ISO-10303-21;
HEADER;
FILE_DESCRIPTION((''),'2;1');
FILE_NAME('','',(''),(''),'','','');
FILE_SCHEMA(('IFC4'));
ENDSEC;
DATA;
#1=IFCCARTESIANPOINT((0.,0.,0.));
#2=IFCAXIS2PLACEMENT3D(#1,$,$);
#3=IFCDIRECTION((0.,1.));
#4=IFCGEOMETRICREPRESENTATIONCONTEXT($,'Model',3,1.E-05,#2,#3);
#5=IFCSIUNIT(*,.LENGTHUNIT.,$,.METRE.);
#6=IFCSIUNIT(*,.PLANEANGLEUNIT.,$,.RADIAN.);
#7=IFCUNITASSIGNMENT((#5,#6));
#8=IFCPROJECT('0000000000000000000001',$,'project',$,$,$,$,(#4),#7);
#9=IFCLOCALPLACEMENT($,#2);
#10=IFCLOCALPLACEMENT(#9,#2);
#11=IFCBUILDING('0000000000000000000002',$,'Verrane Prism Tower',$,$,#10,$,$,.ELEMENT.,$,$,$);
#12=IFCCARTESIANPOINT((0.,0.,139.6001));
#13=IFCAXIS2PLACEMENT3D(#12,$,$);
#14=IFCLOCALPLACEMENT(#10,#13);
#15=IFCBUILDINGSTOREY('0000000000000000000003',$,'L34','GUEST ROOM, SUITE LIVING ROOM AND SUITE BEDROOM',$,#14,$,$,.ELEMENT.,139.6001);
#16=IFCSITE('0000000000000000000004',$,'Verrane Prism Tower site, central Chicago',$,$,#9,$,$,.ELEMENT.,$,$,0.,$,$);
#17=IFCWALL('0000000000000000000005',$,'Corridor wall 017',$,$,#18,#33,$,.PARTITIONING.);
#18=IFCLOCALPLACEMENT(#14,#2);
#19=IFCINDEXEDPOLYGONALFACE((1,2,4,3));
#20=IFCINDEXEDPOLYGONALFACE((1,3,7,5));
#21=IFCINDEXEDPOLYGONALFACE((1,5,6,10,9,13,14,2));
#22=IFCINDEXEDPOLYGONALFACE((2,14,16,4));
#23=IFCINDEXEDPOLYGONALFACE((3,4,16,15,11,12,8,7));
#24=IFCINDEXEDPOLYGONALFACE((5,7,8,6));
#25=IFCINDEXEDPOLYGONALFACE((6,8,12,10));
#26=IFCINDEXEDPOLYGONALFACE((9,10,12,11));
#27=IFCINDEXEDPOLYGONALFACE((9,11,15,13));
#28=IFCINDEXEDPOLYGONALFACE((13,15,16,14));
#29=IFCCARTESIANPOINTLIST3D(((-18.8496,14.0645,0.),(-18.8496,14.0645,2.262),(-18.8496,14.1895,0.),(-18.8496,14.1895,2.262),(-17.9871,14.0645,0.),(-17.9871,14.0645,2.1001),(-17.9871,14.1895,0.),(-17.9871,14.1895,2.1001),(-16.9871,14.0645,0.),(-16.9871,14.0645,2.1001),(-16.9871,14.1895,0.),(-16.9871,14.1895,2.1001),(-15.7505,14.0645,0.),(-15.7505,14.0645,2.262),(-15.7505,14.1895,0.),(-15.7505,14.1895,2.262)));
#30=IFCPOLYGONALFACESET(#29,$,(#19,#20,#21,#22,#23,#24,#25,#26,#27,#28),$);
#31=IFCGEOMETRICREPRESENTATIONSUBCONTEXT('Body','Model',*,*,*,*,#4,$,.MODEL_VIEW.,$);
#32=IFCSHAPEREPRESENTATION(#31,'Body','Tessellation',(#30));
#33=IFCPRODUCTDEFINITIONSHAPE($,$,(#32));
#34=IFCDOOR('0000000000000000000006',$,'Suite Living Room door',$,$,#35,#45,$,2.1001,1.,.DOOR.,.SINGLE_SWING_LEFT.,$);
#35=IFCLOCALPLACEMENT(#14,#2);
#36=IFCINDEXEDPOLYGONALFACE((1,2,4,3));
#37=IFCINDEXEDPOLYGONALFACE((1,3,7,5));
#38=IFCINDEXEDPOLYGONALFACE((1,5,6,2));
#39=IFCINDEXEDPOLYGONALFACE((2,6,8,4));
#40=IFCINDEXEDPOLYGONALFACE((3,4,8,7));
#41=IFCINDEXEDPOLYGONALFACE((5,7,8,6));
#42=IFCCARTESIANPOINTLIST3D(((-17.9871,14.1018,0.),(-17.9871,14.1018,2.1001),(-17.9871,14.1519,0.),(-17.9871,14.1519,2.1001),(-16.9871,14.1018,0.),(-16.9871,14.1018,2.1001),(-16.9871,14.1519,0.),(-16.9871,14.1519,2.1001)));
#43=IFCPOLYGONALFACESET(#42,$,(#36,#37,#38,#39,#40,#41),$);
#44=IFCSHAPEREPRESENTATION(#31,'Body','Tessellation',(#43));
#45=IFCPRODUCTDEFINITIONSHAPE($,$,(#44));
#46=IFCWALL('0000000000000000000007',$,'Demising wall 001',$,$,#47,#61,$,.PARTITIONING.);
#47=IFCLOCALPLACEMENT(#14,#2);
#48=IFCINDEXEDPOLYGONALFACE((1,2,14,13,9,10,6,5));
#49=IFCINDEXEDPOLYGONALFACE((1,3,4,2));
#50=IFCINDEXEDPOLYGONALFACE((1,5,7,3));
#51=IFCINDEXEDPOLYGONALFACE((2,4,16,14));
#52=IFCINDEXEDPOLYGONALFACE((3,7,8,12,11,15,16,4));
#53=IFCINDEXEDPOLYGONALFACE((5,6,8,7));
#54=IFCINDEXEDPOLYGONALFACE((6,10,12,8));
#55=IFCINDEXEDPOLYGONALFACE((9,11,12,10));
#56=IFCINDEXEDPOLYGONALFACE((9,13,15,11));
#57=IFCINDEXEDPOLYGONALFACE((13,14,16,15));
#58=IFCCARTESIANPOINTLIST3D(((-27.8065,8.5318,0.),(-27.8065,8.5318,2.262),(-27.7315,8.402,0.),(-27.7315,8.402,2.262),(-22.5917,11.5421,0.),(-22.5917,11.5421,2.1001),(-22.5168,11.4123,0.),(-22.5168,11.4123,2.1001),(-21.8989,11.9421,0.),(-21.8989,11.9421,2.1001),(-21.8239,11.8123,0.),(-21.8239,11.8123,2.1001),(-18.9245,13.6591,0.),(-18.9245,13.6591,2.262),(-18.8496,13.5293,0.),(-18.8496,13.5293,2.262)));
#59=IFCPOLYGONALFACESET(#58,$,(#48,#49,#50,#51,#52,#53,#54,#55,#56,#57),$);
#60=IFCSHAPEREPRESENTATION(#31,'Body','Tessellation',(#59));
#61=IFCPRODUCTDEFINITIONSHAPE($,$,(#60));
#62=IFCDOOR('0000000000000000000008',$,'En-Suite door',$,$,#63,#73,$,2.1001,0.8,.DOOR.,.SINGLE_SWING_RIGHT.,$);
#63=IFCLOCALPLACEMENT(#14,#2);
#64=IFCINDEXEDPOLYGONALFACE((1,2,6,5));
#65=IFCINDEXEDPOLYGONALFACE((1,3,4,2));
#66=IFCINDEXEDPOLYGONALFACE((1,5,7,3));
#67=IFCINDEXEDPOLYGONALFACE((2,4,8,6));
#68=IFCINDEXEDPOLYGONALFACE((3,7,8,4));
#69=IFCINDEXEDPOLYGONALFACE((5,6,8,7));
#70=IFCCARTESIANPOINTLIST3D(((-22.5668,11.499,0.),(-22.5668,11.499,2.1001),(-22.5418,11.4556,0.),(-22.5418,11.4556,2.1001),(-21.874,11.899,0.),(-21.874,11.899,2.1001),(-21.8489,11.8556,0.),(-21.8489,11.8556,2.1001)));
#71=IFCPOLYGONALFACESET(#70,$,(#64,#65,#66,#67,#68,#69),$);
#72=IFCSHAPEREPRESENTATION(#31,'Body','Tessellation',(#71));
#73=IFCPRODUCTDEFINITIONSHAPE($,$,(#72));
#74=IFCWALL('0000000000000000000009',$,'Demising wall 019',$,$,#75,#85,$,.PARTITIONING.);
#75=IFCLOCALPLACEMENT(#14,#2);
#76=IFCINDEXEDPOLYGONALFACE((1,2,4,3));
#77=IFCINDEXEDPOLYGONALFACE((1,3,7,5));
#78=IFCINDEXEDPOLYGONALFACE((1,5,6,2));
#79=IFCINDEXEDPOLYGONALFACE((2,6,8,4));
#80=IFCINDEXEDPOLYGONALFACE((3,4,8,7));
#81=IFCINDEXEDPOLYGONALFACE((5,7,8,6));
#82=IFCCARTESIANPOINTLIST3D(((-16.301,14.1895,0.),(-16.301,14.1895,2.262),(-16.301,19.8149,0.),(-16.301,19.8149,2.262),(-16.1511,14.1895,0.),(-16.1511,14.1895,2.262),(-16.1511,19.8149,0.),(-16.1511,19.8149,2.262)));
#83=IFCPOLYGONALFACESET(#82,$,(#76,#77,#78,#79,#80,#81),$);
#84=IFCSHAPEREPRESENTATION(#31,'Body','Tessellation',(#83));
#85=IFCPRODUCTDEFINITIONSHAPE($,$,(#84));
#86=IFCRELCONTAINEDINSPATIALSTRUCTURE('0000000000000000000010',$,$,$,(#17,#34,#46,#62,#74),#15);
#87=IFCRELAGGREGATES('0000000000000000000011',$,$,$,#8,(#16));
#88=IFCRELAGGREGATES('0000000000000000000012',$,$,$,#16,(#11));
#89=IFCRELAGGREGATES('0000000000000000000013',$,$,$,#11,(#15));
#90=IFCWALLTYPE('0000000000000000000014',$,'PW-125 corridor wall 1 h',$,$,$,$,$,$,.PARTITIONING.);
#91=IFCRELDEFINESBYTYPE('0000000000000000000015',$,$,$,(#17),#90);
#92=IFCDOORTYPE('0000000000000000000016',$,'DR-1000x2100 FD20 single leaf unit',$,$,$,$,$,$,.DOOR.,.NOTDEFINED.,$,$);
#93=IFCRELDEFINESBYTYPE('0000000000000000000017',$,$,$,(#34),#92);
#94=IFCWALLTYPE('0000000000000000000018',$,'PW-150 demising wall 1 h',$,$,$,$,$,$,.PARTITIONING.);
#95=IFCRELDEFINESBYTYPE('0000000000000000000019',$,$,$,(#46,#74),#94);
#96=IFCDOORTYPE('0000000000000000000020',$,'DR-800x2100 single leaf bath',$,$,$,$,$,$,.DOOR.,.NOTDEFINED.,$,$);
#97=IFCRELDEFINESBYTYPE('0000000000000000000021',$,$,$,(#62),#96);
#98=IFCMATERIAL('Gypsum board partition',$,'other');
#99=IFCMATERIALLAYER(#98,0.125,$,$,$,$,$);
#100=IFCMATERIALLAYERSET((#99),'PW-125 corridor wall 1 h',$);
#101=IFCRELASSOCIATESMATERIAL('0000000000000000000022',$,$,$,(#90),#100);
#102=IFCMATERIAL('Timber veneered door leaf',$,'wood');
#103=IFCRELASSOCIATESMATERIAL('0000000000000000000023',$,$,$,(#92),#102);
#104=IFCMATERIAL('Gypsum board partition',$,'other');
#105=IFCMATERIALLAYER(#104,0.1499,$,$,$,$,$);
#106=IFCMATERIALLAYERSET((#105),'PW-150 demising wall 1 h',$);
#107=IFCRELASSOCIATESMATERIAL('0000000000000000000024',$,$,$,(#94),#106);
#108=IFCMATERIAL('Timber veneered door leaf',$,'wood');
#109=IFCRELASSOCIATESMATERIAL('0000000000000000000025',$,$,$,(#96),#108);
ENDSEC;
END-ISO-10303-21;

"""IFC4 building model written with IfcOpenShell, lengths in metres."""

from ifc_helpers import new_model, si_unit, direction, frame, frame_2d, origin, place, context, subcontext, project, spatial, rectangle, extrude, material, layer, layer_set, type_object, element, fill, save


model = new_model("IFC4")

# Units and contexts
model_context = context("Model", 3, precision=1e-05, world=origin(), true_north=direction((0.0, 1.0)))
body_context = subcontext(model_context, "Body", "Model", "MODEL_VIEW")
ifc_project = project(units=[si_unit("LENGTHUNIT", "METRE"), si_unit("PLANEANGLEUNIT", "RADIAN")], contexts=[model_context])

# Site, building, storey
site_placement = place(None, origin())
site = spatial("IfcSite", under=ifc_project, at=site_placement, Name="Verrane Prism Tower site, central Chicago", CompositionType="ELEMENT", RefElevation=0.0)
building_placement = place(site_placement, origin())
building = spatial("IfcBuilding", under=site, at=building_placement, Name="Verrane Prism Tower", CompositionType="ELEMENT")
storey_placement = place(building_placement, frame((0.0, 0.0, 139.6001)))
storey = spatial("IfcBuildingStorey", under=building, at=storey_placement, Name="L34", Description="GUEST ROOM, SUITE LIVING ROOM AND SUITE BEDROOM", CompositionType="ELEMENT", Elevation=139.6001)

# Walls, openings, doors
ifc_material_1 = material(Name="Gypsum board partition", Category="other")
ifc_layer_1 = layer(ifc_material_1, 0.125)
ifc_layer_set_1 = layer_set([ifc_layer_1], Name="PW-125 corridor wall 1 h")
wall_type_1 = type_object("IfcWallType", Name="PW-125 corridor wall 1 h", PredefinedType="PARTITIONING", material=ifc_layer_set_1)
wall_1_placement = place(storey_placement, frame((-18.8496, 14.127, 0.0), z_axis=(0.0, 0.0, 1.0), x_axis=(1.0, 0.0, 0.0)))
wall_1 = element("IfcWall", 1, at=wall_1_placement, inside=storey, type_object=wall_type_1, Name="Corridor wall 017", PredefinedType="PARTITIONING", context=body_context, shape_type="SweptSolid", body=[
    extrude(rectangle(XDim=3.0991, YDim=0.125, at=frame_2d((1.5496, 0.0))), origin(), (0.0, 0.0, 1.0), 2.262),
])
opening_1_placement = place(wall_1_placement, frame((0.8625, 0.0, 0.0)))
opening_1 = element("IfcOpeningElement", 2, at=opening_1_placement, cuts=wall_1, PredefinedType="OPENING", context=body_context, shape_type="SweptSolid", body=[
    extrude(rectangle(XDim=1.0, YDim=2.1001, at=frame_2d((0.5, 1.05))), frame((0.0, 0.0725, 0.0), z_axis=(0.0, -1.0, 0.0), x_axis=(1.0, 0.0, 0.0)), (0.0, 0.0, 1.0), 0.145),
])
ifc_material_2 = material(Name="Timber veneered door leaf", Category="wood")
door_type_1 = type_object("IfcDoorType", Name="DR-1000x2100 FD20 single leaf unit", OperationType="NOTDEFINED", PredefinedType="DOOR", material=ifc_material_2)
door_1_placement = place(opening_1_placement, origin())
door_1 = element("IfcDoor", 3, at=door_1_placement, inside=storey, type_object=door_type_1, Name="Suite Living Room door", OperationType="SINGLE_SWING_LEFT", OverallHeight=2.1001, OverallWidth=1.0, PredefinedType="DOOR", context=body_context, shape_type="SweptSolid", body=[
    extrude(rectangle(XDim=1.0, YDim=2.1001, at=frame_2d((0.5, 1.05))), frame((0.0, 0.0249, 0.0), z_axis=(0.0, -1.0, 0.0), x_axis=(1.0, 0.0, 0.0)), (0.0, 0.0, 1.0), 0.05),
])
fill(opening_1, door_1)
ifc_material_3 = material(Name="Gypsum board partition", Category="other")
ifc_layer_2 = layer(ifc_material_3, 0.1499)
ifc_layer_set_2 = layer_set([ifc_layer_2], Name="PW-150 demising wall 1 h")
wall_type_2 = type_object("IfcWallType", Name="PW-150 demising wall 1 h", PredefinedType="PARTITIONING", material=ifc_layer_set_2)
wall_2_placement = place(storey_placement, frame((-18.887, 13.5942, 0.0), z_axis=(0.0, 0.0, 1.0), x_axis=(-0.866056, -0.499946, 0.0)))
wall_2 = element("IfcWall", 4, at=wall_2_placement, inside=storey, type_object=wall_type_2, Name="Demising wall 001", PredefinedType="PARTITIONING", context=body_context, shape_type="SweptSolid", body=[
    extrude(rectangle(XDim=10.2556, YDim=0.1499, at=frame_2d((5.1279, 0.0))), origin(), (0.0, 0.0, 1.0), 2.262),
])
opening_2_placement = place(wall_2_placement, frame((3.4346, 0.0, 0.0)))
opening_2 = element("IfcOpeningElement", 5, at=opening_2_placement, cuts=wall_2, PredefinedType="OPENING", context=body_context, shape_type="SweptSolid", body=[
    extrude(rectangle(XDim=0.8, YDim=2.1001, at=frame_2d((0.3999, 1.05))), frame((0.0, 0.085, 0.0), z_axis=(0.0, -1.0, 0.0), x_axis=(1.0, 0.0, 0.0)), (0.0, 0.0, 1.0), 0.1699),
])
ifc_material_4 = material(Name="Timber veneered door leaf", Category="wood")
door_type_2 = type_object("IfcDoorType", Name="DR-800x2100 single leaf bath", OperationType="NOTDEFINED", PredefinedType="DOOR", material=ifc_material_4)
door_2_placement = place(opening_2_placement, origin())
door_2 = element("IfcDoor", 6, at=door_2_placement, inside=storey, type_object=door_type_2, Name="En-Suite door", OperationType="SINGLE_SWING_RIGHT", OverallHeight=2.1001, OverallWidth=0.8, PredefinedType="DOOR", context=body_context, shape_type="SweptSolid", body=[
    extrude(rectangle(XDim=0.8, YDim=2.1001, at=frame_2d((0.3999, 1.05))), frame((0.0, 0.0249, 0.0), z_axis=(0.0, -1.0, 0.0), x_axis=(1.0, 0.0, 0.0)), (0.0, 0.0, 1.0), 0.05),
])
fill(opening_2, door_2)

# Wall
wall_3_placement = place(storey_placement, frame((-16.2261, 14.1895, 0.0), z_axis=(0.0, 0.0, 1.0), x_axis=(0.0, 1.0, 0.0)))
element("IfcWall", 7, at=wall_3_placement, inside=storey, type_object=wall_type_2, Name="Demising wall 019", PredefinedType="PARTITIONING", context=body_context, shape_type="SweptSolid", body=[
    extrude(rectangle(XDim=5.6255, YDim=0.1499, at=frame_2d((2.8127, 0.0))), origin(), (0.0, 0.0, 1.0), 2.262),
])

save(model, "model.ifc")
